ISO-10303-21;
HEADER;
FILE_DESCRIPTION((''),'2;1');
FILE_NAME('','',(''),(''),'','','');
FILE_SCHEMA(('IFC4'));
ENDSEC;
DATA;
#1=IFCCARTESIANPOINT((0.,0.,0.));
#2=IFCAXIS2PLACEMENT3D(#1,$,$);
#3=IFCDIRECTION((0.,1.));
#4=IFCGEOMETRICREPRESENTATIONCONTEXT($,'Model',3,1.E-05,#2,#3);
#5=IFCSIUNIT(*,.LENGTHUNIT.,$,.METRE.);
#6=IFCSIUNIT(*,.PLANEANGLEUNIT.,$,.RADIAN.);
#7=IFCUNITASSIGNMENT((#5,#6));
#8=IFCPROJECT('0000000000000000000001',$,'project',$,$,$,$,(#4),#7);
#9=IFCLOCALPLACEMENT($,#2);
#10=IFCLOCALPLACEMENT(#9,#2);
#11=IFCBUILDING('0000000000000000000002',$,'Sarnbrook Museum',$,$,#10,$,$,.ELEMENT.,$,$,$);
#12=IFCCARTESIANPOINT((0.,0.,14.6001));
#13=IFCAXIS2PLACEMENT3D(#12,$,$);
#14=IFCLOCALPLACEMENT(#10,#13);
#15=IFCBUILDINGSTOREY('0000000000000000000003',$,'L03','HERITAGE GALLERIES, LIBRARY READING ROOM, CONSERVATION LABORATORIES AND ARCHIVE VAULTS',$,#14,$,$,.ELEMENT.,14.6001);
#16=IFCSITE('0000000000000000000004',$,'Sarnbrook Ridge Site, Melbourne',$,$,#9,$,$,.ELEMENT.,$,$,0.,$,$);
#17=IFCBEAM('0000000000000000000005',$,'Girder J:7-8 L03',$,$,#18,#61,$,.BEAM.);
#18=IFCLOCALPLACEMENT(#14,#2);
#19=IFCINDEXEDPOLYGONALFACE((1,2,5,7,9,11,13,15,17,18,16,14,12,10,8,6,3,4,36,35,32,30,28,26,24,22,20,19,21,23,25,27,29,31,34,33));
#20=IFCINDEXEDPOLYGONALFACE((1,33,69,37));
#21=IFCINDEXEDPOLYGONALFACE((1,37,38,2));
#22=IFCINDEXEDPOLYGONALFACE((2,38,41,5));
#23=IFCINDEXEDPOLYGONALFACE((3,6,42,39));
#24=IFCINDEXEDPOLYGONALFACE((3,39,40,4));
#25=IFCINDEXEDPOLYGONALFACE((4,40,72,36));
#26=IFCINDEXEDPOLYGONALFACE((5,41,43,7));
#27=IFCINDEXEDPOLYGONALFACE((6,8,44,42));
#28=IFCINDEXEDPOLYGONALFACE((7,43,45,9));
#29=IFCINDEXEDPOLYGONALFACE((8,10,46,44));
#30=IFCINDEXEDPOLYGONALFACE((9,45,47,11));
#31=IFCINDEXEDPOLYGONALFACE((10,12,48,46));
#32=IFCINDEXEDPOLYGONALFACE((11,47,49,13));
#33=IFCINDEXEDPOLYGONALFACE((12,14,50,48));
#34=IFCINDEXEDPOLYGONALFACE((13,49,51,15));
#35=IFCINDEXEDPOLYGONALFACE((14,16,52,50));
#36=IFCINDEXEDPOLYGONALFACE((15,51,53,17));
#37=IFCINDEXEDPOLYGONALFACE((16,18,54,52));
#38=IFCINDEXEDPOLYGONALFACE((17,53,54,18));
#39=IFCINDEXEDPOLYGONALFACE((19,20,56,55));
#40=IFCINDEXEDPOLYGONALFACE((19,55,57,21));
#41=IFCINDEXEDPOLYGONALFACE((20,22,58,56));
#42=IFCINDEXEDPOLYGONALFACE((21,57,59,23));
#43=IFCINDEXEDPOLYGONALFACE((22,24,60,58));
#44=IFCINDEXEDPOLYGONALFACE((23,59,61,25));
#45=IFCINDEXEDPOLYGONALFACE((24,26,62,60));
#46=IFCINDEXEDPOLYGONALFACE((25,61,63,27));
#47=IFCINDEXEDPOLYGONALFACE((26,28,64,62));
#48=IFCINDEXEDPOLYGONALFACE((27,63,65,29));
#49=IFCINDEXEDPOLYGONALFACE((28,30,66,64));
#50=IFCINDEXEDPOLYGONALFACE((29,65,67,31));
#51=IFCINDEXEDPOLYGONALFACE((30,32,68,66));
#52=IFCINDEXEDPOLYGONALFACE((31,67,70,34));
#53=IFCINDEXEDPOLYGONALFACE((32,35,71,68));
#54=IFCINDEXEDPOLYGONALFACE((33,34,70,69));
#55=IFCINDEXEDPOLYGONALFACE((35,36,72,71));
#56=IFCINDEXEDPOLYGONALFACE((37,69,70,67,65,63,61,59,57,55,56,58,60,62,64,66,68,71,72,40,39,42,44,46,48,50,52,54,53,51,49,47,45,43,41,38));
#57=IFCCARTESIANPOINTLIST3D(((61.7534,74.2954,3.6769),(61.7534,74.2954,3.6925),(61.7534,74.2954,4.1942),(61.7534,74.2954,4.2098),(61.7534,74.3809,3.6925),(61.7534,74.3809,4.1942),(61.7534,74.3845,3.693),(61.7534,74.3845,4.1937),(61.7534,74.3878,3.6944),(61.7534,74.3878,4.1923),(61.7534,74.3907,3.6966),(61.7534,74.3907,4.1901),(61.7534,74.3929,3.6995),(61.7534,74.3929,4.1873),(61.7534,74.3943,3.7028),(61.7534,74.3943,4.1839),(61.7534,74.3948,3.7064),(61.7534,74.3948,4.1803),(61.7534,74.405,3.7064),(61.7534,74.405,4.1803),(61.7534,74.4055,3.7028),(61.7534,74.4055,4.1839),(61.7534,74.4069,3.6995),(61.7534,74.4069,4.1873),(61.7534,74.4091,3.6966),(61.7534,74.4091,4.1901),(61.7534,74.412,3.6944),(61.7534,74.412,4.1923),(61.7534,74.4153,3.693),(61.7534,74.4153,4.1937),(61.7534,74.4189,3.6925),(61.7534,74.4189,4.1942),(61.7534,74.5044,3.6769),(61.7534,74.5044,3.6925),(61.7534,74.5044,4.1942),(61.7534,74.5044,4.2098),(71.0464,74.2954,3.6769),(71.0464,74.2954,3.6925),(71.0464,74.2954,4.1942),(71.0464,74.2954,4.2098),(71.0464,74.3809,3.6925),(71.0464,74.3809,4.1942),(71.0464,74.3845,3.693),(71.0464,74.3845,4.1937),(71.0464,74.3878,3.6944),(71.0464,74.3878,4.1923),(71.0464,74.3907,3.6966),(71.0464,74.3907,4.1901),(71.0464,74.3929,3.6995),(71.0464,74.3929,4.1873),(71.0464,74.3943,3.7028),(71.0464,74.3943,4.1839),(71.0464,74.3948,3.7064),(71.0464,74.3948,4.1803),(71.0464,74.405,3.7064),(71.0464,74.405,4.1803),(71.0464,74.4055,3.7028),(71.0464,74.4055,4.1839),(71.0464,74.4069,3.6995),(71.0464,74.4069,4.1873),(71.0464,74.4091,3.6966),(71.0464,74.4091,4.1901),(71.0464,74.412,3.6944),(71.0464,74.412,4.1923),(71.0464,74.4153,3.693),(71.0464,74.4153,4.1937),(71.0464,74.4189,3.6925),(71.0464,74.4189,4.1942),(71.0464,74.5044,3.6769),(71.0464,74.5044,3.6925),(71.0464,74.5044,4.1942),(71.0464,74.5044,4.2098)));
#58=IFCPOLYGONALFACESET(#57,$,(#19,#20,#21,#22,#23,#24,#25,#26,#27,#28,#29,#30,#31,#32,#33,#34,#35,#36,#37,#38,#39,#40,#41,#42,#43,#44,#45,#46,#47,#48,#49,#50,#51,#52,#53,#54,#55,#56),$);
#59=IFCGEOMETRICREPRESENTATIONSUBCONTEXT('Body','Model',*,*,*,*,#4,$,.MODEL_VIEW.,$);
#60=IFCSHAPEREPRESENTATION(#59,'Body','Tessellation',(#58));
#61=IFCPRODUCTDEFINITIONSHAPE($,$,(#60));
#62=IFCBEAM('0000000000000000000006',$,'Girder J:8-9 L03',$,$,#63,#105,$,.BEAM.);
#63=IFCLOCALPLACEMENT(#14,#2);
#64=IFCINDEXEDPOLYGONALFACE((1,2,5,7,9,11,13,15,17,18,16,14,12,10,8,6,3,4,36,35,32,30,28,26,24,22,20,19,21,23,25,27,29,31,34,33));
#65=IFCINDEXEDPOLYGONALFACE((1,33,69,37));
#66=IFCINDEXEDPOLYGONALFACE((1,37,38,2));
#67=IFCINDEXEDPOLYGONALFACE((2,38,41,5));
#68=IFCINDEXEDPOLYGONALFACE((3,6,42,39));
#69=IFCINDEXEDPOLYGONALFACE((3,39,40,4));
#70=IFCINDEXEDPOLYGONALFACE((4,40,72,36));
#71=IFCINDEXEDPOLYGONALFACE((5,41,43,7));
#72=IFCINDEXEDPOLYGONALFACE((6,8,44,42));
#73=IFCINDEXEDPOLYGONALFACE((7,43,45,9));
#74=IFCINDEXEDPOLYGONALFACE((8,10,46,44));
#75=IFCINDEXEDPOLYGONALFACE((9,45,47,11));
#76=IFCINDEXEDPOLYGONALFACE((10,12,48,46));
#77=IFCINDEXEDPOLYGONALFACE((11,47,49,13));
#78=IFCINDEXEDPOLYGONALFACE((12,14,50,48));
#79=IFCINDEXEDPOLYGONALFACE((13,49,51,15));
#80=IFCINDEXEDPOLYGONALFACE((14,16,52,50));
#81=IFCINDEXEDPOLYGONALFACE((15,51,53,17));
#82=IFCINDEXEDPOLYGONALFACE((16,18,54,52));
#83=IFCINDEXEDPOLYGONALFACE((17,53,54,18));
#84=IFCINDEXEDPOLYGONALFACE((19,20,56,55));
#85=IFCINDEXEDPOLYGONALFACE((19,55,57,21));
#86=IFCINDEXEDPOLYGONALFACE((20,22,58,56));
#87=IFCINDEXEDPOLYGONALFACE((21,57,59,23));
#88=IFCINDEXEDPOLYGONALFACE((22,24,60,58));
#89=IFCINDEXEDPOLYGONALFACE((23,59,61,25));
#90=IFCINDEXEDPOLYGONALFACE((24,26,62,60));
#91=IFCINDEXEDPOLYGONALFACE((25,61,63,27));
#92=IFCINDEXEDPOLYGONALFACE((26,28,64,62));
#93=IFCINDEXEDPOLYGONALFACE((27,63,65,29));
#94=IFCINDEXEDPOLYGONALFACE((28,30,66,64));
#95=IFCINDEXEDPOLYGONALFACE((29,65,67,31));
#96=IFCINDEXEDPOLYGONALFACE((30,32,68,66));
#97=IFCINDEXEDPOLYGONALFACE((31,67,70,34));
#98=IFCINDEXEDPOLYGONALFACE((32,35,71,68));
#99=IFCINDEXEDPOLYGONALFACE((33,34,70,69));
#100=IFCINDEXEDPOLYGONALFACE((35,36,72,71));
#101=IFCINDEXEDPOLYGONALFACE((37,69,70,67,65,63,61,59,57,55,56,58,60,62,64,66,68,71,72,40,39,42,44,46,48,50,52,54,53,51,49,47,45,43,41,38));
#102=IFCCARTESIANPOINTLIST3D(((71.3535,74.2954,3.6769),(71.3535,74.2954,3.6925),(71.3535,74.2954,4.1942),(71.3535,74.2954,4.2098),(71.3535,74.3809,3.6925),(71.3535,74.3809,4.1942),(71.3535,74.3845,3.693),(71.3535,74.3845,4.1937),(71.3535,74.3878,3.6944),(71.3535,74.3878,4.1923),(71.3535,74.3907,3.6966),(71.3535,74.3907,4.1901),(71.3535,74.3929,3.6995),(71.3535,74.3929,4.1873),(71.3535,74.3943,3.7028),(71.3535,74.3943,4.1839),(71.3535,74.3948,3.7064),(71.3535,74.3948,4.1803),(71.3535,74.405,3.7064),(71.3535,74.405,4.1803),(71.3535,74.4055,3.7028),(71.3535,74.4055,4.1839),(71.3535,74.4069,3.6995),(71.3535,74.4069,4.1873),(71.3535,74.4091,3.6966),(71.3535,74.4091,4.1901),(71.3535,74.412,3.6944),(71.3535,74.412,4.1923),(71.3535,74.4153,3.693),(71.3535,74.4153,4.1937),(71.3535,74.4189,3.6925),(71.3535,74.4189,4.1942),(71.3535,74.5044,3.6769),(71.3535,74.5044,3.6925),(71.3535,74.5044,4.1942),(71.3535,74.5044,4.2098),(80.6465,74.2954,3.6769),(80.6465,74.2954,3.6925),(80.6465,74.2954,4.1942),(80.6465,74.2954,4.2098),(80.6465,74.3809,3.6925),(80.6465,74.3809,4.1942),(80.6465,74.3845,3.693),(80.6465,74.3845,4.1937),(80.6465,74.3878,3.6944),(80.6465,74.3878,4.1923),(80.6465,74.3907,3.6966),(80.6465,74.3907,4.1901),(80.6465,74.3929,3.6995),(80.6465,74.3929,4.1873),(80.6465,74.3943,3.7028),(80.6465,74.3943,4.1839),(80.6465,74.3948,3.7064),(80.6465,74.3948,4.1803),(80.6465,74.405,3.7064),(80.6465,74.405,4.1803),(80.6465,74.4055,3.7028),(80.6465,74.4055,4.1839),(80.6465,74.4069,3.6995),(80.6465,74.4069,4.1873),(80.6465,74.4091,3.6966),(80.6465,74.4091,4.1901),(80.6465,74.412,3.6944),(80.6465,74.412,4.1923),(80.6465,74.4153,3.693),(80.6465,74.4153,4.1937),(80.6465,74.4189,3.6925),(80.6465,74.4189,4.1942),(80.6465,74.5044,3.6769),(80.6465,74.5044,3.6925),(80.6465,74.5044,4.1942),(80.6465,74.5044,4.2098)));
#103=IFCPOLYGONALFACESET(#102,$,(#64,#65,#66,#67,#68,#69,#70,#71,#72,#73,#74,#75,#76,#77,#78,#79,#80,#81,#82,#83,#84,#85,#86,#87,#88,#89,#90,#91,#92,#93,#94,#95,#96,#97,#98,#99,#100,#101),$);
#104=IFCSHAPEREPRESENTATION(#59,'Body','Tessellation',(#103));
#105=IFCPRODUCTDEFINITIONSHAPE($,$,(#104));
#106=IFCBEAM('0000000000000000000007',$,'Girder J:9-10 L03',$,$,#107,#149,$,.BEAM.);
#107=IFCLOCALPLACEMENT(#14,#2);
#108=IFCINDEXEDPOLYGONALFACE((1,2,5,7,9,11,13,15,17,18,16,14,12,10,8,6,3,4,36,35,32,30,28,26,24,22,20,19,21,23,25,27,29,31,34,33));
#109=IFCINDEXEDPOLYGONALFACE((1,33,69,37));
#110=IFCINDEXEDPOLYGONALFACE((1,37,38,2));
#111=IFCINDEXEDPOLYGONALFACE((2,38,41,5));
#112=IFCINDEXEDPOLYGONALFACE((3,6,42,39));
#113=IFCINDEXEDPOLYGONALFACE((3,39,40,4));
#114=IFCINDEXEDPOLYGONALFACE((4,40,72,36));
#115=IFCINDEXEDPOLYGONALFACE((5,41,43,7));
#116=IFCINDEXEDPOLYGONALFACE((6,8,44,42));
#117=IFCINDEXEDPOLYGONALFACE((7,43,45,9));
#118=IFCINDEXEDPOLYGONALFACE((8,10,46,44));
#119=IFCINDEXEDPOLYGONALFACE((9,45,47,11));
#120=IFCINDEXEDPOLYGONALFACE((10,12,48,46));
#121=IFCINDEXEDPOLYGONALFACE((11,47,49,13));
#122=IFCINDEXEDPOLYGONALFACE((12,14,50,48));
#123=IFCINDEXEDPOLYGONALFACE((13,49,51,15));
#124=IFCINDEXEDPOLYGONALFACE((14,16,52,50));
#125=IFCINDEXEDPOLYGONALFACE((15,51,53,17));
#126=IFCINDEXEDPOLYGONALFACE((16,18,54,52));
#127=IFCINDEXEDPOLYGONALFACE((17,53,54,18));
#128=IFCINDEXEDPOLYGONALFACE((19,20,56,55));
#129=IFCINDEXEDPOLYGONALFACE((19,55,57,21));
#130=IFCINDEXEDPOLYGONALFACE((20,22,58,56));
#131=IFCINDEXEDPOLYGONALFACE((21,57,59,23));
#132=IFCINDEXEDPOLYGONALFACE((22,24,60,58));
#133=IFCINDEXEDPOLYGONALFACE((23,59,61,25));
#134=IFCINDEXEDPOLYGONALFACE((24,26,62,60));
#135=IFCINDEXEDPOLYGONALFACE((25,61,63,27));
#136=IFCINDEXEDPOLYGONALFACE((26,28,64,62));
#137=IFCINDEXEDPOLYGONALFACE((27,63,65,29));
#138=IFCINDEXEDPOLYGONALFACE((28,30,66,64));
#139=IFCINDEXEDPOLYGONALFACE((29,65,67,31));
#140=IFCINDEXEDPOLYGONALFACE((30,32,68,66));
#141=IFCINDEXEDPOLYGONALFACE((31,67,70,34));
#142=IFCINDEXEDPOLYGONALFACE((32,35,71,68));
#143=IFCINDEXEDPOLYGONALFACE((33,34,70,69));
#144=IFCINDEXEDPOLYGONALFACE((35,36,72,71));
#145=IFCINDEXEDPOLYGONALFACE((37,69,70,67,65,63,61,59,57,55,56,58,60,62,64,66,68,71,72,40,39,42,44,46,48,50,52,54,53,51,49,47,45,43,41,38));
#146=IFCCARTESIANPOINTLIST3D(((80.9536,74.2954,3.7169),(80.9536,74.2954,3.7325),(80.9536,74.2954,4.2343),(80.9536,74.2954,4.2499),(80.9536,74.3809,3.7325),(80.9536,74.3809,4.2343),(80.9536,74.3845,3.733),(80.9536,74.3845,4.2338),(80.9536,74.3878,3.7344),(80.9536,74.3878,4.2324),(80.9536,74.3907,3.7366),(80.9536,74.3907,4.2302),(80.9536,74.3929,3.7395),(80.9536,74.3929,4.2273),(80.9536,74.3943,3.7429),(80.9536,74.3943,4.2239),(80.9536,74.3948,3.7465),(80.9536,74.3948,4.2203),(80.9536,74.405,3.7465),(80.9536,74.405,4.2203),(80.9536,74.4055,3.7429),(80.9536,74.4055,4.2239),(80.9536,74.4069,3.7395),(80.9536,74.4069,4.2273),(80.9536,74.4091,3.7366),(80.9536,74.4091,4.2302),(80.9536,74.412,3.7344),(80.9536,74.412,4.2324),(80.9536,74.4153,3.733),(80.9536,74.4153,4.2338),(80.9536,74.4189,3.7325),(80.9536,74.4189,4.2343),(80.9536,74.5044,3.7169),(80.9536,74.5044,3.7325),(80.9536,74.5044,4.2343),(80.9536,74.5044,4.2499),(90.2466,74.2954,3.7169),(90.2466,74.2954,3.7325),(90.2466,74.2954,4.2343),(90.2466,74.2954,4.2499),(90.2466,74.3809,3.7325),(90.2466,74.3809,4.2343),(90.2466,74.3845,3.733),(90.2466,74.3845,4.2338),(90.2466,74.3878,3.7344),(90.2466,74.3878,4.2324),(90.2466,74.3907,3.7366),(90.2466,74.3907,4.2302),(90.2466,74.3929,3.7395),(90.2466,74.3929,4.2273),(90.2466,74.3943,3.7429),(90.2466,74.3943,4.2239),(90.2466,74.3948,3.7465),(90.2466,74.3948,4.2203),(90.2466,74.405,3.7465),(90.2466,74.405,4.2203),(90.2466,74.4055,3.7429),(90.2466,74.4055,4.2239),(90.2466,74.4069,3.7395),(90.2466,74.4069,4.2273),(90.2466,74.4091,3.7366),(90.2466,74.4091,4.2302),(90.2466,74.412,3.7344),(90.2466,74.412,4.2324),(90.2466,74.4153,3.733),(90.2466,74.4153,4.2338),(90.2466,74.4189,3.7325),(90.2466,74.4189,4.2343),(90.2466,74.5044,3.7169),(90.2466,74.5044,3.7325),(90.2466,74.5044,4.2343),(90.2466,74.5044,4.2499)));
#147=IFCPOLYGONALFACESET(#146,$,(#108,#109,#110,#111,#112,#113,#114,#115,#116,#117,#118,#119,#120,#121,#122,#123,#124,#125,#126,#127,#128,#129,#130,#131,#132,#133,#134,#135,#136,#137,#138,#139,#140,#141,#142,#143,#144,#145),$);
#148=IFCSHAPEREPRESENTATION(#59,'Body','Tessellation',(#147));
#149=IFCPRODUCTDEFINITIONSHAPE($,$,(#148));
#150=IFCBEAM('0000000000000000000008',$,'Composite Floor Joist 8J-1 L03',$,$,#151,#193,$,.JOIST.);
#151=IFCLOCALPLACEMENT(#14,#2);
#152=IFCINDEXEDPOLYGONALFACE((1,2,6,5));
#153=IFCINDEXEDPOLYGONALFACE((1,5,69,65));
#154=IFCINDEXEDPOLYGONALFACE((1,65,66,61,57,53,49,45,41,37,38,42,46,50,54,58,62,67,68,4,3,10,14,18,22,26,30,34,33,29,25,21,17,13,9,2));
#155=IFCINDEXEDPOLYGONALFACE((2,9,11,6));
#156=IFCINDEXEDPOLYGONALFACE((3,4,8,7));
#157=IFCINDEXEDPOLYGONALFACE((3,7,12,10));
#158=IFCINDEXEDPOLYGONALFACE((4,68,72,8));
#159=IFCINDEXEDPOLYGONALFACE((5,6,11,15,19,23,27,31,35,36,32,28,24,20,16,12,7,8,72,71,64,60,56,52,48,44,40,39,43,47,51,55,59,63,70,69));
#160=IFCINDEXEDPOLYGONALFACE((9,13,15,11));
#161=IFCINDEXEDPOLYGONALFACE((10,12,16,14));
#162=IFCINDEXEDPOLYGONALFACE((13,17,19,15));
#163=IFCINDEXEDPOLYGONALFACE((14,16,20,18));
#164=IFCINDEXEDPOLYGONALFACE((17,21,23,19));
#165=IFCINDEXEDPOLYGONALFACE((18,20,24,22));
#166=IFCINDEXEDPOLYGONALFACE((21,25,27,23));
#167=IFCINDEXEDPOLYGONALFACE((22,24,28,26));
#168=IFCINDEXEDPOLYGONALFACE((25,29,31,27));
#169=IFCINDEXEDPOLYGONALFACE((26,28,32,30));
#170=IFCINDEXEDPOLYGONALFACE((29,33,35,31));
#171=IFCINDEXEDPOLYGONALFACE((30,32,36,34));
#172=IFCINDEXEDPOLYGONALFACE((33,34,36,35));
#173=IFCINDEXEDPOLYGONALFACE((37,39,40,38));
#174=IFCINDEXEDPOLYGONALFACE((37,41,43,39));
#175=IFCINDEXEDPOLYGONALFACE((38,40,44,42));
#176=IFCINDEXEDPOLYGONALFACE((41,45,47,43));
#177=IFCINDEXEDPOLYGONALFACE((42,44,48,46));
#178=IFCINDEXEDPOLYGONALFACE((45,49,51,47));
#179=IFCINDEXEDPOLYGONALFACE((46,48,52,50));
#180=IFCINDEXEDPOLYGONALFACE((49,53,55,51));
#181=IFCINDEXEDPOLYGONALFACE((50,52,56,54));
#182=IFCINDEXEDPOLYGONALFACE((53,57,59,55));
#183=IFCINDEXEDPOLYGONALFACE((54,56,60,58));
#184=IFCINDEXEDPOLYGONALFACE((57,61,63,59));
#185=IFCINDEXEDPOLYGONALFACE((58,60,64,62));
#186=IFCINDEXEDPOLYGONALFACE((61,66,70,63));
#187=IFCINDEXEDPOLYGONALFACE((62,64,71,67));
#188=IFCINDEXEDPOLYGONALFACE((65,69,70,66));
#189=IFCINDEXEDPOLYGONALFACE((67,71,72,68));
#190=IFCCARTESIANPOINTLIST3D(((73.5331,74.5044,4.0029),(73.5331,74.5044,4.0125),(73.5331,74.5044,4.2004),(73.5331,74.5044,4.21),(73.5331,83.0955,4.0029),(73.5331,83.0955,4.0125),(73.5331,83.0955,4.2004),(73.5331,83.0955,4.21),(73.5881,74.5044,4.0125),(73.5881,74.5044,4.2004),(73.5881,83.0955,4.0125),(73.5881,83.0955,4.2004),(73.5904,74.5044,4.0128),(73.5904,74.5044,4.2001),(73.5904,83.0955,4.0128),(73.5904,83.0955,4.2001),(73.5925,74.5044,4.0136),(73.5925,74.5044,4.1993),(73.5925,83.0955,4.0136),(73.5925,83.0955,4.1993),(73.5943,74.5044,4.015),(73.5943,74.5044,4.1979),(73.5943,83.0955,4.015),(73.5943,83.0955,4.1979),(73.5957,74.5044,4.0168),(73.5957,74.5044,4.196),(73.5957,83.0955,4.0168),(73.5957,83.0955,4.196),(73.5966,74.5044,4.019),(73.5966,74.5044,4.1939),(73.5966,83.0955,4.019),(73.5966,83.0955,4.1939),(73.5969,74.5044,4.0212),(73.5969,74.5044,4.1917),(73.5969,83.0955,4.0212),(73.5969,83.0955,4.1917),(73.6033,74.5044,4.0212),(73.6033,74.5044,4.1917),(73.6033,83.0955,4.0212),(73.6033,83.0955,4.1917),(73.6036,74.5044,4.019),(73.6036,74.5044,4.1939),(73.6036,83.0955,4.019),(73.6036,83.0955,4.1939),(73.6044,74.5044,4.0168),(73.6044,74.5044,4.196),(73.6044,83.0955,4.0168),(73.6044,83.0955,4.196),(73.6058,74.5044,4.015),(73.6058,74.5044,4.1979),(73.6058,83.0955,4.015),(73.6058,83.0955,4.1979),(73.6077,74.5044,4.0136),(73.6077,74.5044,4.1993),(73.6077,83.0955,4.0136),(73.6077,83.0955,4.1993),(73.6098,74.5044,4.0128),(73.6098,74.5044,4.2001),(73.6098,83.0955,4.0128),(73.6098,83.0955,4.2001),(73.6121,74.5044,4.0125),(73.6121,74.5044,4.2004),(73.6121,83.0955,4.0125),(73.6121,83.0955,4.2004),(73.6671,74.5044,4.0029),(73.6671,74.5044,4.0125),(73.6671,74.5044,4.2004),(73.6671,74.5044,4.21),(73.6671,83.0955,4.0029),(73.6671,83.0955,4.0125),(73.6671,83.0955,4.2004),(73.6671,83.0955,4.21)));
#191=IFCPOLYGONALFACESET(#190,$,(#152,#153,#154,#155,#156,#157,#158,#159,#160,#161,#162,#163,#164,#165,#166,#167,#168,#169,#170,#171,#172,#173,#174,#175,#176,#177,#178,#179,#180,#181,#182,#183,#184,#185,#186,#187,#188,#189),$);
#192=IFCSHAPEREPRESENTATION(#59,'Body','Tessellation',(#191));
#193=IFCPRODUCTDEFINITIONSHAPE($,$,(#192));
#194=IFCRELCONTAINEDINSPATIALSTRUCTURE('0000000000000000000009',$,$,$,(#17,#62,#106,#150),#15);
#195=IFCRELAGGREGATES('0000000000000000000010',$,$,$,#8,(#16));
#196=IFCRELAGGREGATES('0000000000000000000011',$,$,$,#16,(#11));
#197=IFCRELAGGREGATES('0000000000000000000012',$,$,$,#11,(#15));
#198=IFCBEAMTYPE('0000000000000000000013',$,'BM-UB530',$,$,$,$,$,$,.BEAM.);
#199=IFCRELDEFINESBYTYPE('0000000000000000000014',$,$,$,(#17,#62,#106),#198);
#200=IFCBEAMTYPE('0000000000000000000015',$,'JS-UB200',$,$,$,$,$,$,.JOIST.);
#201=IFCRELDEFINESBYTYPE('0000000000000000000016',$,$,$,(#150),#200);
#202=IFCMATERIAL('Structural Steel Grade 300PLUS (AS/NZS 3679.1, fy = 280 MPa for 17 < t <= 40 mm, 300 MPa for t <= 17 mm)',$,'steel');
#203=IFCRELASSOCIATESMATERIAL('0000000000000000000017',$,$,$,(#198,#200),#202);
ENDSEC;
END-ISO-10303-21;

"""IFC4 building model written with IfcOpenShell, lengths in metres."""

from ifc_helpers import new_model, si_unit, direction, frame, origin, origin_2d, place, context, subcontext, project, spatial, i_section, extrude, material, material_profile, profile_set, type_object, element, save


model = new_model("IFC4")

# Units and contexts
model_context = context("Model", 3, precision=1e-05, world=origin(), true_north=direction((0.0, 1.0)))
body_context = subcontext(model_context, "Body", "Model", "MODEL_VIEW")
ifc_project = project(units=[si_unit("LENGTHUNIT", "METRE"), si_unit("PLANEANGLEUNIT", "RADIAN")], contexts=[model_context])

# Site, building, storey
site_placement = place(None, origin())
site = spatial("IfcSite", under=ifc_project, at=site_placement, Name="Sarnbrook Ridge Site, Melbourne", CompositionType="ELEMENT", RefElevation=0.0)
building_placement = place(site_placement, origin())
building = spatial("IfcBuilding", under=site, at=building_placement, Name="Sarnbrook Museum", CompositionType="ELEMENT")
storey_placement = place(building_placement, frame((0.0, 0.0, 14.6001)))
storey = spatial("IfcBuildingStorey", under=building, at=storey_placement, Name="L03", Description="HERITAGE GALLERIES, LIBRARY READING ROOM, CONSERVATION LABORATORIES AND ARCHIVE VAULTS", CompositionType="ELEMENT", Elevation=14.6001)

# Shared definitions
ifc_material_1 = material(Name="Structural Steel Grade 300PLUS (AS/NZS 3679.1, fy = 280 MPa for 17 < t <= 40 mm, 300 MPa for t <= 17 mm)", Category="steel")

# Beams
ifc_material_profile_1 = material_profile(ifc_material_1, i_section(OverallWidth=0.209, OverallDepth=0.533, WebThickness=0.0103, FlangeThickness=0.0156, FilletRadius=0.0139, at=origin_2d()), Name="530UB92.4")
ifc_profile_set_1 = profile_set([ifc_material_profile_1], Name="Structural Steel Grade 300PLUS (AS/NZS 3679.1, fy = 280 MPa for 17 < t <= 40 mm, 300 MPa for t <= 17 mm)")
beam_type_1 = type_object("IfcBeamType", Name="BM-UB530", PredefinedType="BEAM", material=ifc_profile_set_1)
for number, where, z_axis, x_axis, name in (
    (1, (61.7534, 74.3999, 3.9434), (1.0, 0.0, 0.0), (0.0, 1.0, 0.0), "Girder J:7-8 L03"),
    (2, (71.3535, 74.3999, 3.9434), (1.0, 0.0, 0.0), (0.0, 1.0, 0.0), "Girder J:8-9 L03"),
    (3, (80.9536, 74.3999, 3.9834), (1.0, 0.0, 0.0), (0.0, 1.0, 0.0), "Girder J:9-10 L03"),
):
    element("IfcBeam", number, at=place(storey_placement, frame(where, z_axis=z_axis, x_axis=x_axis)), inside=storey, type_object=beam_type_1, Name=name, PredefinedType="BEAM", context=body_context, shape_type="SweptSolid", body=[
        extrude(i_section(OverallWidth=0.209, OverallDepth=0.533, WebThickness=0.0103, FlangeThickness=0.0156, FilletRadius=0.0139, at=origin_2d()), origin(), (0.0, 0.0, 1.0), 9.293),
    ])
ifc_material_profile_2 = material_profile(ifc_material_1, i_section(OverallWidth=0.134, OverallDepth=0.207, WebThickness=0.0063, FlangeThickness=0.0095, FilletRadius=0.0088, at=origin_2d()), Name="200UB29.8")
ifc_profile_set_2 = profile_set([ifc_material_profile_2], Name="Structural Steel Grade 300PLUS (AS/NZS 3679.1, fy = 280 MPa for 17 < t <= 40 mm, 300 MPa for t <= 17 mm)")
beam_type_2 = type_object("IfcBeamType", Name="JS-UB200", PredefinedType="JOIST", material=ifc_profile_set_2)
for number, where, z_axis, x_axis, name in (
    (4, (73.6001, 74.5044, 4.1064), (0.0, 1.0, 0.0), (-1.0, 0.0, 0.0), "Composite Floor Joist 8J-1 L03"),
):
    element("IfcBeam", number, at=place(storey_placement, frame(where, z_axis=z_axis, x_axis=x_axis)), inside=storey, type_object=beam_type_2, Name=name, PredefinedType="JOIST", context=body_context, shape_type="SweptSolid", body=[
        extrude(i_section(OverallWidth=0.134, OverallDepth=0.207, WebThickness=0.0063, FlangeThickness=0.0095, FilletRadius=0.0088, at=origin_2d()), origin(), (0.0, 0.0, 1.0), 8.5911),
    ])

save(model, "model.ifc")
